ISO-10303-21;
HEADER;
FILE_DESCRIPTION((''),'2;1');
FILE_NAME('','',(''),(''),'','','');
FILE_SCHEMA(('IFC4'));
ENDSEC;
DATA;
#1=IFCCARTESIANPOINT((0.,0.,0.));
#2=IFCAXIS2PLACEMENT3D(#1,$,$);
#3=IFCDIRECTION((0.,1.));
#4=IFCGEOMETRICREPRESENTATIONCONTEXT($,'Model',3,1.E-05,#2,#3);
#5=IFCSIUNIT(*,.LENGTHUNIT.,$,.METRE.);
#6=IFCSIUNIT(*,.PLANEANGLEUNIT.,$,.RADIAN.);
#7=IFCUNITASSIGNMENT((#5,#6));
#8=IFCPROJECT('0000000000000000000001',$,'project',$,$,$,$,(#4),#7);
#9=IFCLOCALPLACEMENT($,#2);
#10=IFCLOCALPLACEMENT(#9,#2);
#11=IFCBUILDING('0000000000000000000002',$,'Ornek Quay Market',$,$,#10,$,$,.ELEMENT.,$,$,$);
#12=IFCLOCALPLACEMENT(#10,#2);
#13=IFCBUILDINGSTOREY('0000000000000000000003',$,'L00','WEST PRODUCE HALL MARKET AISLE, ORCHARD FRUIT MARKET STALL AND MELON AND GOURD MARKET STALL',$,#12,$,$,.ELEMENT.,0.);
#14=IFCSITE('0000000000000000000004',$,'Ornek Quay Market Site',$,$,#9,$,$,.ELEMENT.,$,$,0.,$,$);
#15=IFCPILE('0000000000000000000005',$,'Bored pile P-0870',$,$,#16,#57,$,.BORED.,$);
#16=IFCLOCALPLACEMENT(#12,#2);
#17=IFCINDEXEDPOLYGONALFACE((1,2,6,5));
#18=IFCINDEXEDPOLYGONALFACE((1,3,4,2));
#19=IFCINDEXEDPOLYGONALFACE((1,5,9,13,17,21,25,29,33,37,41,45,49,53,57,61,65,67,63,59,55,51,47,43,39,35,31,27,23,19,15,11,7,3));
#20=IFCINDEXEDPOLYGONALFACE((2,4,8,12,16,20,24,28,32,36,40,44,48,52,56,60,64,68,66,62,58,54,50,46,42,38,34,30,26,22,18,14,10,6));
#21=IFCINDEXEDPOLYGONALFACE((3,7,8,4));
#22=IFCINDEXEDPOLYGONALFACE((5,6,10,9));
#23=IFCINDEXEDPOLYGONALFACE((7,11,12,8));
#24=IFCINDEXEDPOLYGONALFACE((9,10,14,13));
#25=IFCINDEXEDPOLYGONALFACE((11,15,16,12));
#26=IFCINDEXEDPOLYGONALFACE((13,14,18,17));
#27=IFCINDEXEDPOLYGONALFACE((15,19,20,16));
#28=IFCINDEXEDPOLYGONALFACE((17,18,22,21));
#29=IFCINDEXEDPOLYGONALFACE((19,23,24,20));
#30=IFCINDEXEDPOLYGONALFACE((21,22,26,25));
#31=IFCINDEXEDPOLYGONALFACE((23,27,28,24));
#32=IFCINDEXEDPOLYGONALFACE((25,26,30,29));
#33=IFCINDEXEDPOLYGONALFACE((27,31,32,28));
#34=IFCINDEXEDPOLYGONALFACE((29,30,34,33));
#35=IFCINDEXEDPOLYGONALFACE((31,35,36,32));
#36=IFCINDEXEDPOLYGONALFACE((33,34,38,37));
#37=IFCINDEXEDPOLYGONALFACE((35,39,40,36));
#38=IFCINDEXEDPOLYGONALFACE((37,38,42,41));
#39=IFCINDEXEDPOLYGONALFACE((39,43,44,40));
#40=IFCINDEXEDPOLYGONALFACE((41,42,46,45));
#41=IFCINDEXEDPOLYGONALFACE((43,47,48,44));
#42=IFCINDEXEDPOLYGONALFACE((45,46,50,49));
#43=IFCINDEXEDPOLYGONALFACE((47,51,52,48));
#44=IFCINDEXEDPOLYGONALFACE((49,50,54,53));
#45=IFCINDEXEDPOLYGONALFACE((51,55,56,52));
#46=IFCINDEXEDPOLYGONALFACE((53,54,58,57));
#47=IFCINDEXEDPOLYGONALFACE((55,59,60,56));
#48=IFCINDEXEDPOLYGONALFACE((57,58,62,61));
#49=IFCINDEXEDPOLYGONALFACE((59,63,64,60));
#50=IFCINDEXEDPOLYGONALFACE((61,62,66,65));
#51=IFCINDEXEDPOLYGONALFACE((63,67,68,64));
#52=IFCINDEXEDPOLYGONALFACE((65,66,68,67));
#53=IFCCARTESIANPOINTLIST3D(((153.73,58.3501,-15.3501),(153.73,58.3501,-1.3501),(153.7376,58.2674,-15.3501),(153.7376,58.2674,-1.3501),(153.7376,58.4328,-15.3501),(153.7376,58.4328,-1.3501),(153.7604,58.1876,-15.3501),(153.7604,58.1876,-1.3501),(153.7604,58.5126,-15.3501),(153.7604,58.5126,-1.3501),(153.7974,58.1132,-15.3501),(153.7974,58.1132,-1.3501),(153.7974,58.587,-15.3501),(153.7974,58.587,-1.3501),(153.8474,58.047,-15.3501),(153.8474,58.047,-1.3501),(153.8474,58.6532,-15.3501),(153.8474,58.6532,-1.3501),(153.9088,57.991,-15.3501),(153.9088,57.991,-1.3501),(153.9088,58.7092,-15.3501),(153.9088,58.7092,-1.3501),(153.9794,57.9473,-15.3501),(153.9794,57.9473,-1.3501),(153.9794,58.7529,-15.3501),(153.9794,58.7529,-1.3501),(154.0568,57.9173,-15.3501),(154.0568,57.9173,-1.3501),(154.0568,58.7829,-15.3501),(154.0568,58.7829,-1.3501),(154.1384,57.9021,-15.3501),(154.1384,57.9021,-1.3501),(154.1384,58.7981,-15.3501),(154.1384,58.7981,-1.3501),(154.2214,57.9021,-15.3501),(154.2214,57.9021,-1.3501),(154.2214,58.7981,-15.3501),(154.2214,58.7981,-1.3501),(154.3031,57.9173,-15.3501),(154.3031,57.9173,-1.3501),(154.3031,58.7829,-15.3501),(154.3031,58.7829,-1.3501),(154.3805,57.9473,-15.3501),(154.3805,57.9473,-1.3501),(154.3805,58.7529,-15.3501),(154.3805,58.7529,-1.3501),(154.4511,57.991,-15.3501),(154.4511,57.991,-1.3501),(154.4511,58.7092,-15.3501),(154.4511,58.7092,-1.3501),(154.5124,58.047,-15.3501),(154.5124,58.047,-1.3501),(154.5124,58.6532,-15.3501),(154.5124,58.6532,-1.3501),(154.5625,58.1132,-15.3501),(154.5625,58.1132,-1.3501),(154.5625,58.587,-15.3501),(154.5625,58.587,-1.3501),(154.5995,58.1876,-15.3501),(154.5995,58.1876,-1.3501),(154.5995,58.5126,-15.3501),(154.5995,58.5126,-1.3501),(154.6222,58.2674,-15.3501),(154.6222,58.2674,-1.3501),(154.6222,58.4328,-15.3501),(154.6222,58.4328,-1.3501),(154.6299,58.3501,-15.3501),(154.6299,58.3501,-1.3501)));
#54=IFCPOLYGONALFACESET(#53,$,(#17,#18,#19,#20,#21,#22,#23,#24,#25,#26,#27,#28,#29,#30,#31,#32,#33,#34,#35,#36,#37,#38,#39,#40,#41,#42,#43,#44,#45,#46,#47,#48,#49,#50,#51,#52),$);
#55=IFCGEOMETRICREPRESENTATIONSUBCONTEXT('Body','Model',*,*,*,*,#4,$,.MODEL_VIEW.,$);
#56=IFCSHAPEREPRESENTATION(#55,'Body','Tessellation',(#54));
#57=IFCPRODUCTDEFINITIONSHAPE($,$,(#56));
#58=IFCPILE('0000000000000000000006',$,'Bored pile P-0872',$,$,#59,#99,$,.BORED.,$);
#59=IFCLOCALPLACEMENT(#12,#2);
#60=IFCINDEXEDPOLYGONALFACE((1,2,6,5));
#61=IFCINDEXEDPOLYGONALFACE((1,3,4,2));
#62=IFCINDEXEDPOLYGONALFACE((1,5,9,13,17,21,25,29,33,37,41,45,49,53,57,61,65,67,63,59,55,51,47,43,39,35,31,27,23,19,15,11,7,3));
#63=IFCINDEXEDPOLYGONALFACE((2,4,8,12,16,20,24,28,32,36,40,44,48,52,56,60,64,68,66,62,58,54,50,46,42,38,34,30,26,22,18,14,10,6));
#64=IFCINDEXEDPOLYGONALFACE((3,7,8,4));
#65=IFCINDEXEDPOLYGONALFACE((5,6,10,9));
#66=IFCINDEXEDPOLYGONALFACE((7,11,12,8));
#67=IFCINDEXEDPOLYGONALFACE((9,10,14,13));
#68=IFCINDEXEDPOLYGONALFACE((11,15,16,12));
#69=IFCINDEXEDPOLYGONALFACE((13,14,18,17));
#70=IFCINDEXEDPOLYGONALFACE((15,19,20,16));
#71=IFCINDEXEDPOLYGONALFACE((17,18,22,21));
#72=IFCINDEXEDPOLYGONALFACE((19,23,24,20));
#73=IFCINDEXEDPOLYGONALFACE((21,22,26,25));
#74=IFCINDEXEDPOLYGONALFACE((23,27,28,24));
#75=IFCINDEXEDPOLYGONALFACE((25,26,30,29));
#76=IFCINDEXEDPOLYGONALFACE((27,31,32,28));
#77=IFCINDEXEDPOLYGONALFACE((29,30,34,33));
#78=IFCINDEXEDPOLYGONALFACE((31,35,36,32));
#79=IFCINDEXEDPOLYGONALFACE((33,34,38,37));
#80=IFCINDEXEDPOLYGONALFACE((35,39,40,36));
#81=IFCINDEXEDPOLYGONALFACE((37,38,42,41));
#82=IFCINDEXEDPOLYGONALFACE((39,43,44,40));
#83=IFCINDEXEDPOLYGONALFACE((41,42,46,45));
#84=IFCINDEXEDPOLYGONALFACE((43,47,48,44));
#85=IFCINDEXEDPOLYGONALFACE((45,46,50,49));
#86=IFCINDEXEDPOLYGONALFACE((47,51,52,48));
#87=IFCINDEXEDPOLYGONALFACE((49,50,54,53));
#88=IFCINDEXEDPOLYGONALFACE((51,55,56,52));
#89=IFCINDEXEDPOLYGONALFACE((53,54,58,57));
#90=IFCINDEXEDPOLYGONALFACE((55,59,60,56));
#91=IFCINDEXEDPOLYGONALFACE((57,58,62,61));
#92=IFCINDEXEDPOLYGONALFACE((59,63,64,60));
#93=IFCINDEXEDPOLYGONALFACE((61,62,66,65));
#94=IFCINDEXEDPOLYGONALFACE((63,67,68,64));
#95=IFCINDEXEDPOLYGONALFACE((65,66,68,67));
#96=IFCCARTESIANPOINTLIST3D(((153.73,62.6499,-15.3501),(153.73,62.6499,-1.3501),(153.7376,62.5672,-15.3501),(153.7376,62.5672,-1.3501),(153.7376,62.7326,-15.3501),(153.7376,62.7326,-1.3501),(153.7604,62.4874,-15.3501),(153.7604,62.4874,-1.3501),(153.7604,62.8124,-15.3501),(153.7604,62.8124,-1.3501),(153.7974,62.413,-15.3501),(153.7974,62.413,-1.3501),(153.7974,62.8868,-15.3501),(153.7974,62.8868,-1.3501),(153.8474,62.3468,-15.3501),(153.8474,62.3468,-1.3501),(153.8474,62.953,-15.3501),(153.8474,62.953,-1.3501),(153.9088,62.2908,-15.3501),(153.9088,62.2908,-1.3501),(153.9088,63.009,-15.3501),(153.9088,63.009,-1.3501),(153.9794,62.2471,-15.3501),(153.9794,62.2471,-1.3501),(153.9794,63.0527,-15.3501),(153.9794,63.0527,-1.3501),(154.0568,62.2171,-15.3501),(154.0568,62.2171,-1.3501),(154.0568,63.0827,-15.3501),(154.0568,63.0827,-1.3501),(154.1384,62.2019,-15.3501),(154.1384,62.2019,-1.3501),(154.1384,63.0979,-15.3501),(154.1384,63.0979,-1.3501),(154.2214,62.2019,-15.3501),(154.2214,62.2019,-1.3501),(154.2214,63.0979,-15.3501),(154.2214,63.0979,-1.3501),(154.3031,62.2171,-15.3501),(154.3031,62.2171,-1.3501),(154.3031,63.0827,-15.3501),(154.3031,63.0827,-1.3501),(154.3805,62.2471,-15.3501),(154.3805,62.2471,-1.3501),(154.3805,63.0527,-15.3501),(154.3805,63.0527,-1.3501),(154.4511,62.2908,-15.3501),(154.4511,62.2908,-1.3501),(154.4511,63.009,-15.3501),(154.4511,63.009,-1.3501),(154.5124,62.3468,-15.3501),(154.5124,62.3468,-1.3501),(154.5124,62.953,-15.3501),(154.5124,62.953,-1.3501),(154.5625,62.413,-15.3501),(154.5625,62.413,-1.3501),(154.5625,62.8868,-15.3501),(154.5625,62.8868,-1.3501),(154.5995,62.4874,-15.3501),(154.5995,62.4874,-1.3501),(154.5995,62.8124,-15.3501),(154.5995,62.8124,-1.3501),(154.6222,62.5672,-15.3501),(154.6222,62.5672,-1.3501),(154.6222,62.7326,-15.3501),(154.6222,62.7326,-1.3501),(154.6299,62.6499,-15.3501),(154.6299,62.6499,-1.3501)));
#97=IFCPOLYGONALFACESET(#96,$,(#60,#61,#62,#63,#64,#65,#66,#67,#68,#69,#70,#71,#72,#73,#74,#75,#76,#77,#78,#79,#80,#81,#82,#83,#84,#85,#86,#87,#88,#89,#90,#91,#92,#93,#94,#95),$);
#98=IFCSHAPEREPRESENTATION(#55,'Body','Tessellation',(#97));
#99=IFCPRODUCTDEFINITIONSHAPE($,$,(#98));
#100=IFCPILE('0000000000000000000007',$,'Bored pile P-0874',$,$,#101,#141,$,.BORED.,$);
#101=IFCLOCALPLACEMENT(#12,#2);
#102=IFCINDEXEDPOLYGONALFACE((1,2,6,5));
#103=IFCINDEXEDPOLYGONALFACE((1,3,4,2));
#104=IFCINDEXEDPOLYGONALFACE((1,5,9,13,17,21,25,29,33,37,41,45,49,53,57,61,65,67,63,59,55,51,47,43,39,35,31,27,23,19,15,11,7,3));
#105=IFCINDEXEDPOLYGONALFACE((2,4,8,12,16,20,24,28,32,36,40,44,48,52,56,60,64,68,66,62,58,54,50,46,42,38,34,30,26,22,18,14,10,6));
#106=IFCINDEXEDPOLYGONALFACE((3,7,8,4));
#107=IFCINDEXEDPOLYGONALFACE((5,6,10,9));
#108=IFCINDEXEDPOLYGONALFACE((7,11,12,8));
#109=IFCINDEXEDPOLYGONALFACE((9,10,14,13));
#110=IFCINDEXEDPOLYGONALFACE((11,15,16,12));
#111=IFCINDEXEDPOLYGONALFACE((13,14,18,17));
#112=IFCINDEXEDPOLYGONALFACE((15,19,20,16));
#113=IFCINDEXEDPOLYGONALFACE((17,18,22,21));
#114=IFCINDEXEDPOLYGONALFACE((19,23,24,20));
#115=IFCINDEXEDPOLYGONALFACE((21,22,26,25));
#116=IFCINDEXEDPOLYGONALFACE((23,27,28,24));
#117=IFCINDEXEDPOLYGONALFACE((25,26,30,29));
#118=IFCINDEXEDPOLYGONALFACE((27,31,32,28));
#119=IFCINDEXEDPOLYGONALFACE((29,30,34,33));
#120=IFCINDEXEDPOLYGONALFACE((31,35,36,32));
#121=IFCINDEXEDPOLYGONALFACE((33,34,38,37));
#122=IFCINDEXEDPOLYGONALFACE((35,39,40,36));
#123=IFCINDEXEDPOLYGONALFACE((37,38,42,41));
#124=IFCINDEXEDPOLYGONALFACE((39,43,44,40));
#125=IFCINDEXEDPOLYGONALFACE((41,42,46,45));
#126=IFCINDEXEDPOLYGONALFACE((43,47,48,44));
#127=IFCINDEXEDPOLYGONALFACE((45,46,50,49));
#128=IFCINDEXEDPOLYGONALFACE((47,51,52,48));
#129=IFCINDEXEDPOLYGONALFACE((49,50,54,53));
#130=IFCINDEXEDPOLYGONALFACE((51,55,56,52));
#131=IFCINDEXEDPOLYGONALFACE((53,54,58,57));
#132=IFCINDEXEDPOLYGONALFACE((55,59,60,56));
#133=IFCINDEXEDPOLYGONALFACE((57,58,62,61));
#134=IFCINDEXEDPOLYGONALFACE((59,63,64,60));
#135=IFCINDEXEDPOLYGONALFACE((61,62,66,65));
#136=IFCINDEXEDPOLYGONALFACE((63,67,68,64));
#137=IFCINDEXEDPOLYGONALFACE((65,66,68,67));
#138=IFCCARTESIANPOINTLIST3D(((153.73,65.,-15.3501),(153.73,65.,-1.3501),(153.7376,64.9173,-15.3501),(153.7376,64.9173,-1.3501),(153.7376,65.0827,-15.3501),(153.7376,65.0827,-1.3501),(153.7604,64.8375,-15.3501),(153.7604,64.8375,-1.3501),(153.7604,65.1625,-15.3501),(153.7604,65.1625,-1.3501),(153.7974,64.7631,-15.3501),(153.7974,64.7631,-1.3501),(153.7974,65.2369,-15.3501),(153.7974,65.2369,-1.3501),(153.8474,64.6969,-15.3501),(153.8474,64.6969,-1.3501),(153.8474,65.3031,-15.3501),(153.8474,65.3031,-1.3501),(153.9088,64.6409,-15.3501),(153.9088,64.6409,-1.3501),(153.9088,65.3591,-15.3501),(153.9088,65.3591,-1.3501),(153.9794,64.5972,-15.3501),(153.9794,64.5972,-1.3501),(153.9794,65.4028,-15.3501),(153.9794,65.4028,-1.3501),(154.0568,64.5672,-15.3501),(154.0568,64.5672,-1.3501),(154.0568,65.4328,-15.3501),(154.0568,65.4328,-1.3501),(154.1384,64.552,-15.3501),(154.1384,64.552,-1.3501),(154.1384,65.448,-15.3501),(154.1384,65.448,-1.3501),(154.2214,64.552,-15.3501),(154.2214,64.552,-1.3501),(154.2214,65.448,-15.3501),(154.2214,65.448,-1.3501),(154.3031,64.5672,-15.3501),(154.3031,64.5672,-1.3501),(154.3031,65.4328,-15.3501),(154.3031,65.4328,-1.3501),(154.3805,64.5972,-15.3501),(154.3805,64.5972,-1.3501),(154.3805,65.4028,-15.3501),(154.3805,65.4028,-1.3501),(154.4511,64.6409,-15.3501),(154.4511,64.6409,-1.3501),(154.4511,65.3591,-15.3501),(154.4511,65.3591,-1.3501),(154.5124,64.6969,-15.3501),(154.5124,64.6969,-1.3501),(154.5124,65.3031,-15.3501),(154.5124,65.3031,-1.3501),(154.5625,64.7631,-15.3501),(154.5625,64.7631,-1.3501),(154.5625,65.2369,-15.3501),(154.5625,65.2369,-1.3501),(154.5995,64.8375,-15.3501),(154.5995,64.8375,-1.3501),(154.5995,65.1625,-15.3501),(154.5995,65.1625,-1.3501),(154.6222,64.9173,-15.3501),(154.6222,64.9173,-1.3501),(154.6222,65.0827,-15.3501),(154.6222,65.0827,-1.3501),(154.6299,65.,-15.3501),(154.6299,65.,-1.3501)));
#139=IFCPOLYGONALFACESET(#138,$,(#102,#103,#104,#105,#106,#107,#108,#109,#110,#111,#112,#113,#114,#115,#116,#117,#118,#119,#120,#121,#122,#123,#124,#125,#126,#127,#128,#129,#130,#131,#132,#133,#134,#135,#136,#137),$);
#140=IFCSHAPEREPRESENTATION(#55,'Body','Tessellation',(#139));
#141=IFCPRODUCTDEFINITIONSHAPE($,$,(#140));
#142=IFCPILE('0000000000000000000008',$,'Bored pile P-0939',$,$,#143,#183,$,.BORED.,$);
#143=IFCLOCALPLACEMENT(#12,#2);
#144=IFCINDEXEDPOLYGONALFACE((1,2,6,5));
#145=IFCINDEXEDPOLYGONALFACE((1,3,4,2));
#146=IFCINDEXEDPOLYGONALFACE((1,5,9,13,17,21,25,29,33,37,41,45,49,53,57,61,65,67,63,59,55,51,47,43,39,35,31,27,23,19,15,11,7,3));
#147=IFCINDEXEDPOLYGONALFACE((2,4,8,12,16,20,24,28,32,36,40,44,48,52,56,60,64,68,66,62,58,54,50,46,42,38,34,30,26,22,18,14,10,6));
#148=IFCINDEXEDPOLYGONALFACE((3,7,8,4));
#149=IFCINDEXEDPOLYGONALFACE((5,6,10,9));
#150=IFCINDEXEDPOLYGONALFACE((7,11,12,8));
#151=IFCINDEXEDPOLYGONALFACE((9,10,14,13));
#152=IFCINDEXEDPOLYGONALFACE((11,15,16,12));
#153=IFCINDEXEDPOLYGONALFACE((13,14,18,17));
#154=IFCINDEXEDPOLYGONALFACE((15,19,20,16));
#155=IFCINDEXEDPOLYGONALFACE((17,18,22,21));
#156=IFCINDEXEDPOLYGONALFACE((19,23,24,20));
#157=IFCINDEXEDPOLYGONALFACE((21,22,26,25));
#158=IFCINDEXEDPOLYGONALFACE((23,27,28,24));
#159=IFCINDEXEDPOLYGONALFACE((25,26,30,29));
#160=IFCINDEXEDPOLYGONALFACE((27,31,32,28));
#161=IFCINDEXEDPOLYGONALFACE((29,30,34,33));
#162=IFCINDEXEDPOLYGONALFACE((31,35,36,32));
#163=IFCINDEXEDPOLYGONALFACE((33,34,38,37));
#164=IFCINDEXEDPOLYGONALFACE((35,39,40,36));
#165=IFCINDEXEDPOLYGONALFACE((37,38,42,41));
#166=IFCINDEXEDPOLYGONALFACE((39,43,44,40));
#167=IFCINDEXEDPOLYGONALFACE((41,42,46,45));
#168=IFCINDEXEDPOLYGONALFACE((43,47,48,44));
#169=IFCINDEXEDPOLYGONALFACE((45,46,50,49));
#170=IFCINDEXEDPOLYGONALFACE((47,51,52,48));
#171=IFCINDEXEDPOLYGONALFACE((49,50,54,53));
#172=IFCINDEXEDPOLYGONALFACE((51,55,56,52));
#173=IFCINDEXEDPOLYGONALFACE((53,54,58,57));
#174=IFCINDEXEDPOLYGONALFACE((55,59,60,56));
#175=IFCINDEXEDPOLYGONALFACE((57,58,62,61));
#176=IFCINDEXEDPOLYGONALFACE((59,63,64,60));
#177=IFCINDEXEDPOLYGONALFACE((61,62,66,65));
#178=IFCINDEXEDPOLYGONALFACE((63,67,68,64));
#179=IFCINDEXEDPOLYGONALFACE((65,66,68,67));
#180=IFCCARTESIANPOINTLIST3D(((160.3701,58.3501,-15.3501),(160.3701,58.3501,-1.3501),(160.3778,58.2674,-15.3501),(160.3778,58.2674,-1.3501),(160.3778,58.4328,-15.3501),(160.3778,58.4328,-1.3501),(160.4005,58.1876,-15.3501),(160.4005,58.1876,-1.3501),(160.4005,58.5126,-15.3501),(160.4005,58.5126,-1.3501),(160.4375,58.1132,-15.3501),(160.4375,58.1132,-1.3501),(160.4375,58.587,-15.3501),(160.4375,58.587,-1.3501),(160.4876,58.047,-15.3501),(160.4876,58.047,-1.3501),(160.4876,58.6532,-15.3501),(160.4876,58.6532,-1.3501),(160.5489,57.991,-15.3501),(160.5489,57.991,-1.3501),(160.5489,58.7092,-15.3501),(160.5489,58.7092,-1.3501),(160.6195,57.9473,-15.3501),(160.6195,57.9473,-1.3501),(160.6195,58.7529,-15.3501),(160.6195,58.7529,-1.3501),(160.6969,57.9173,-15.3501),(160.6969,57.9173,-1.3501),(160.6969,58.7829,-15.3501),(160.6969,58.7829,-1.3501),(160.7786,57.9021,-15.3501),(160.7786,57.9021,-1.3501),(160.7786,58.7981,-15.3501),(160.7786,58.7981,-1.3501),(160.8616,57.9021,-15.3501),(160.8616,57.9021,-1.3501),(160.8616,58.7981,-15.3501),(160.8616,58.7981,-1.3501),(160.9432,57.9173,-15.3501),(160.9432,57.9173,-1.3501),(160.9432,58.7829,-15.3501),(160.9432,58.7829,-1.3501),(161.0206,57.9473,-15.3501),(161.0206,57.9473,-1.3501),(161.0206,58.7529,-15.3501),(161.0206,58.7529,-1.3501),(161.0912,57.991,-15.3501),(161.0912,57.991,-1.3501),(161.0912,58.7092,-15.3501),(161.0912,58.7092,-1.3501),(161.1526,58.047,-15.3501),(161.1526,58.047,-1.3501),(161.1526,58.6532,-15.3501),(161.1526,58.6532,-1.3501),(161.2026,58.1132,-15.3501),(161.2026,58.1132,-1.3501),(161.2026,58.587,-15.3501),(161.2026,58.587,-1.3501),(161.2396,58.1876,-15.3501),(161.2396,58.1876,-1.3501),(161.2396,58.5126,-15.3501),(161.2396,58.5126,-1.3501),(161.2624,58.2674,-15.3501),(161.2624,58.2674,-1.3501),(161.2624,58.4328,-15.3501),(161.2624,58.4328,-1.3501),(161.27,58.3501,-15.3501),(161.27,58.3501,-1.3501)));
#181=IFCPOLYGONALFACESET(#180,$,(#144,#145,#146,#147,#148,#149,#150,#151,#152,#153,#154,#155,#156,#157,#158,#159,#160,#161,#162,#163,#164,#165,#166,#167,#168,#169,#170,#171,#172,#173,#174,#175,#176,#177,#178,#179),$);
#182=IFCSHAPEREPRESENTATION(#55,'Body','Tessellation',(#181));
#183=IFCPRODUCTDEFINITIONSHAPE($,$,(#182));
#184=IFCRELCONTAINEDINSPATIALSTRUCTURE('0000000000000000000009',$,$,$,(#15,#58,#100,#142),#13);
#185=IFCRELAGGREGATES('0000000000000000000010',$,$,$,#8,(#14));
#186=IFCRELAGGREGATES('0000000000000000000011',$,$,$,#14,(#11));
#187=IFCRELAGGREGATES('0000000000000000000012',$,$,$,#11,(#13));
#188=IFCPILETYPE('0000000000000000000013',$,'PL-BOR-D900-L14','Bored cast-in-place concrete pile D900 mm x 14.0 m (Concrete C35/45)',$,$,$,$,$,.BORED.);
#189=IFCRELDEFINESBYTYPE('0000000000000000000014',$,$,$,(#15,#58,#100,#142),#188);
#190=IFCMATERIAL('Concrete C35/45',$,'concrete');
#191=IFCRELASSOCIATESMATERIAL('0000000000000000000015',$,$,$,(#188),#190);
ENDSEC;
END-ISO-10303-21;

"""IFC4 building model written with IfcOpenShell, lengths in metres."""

from ifc_helpers import new_model, si_unit, direction, frame, origin, origin_2d, place, context, subcontext, project, spatial, circle, extrude, material, material_profile, profile_set, type_object, element, save


model = new_model("IFC4")

# Units and contexts
model_context = context("Model", 3, precision=1e-05, world=origin(), true_north=direction((0.0, 1.0)))
body_context = subcontext(model_context, "Body", "Model", "MODEL_VIEW")
ifc_project = project(units=[si_unit("LENGTHUNIT", "METRE"), si_unit("PLANEANGLEUNIT", "RADIAN")], contexts=[model_context])

# Site, building, storey
site_placement = place(None, origin())
site = spatial("IfcSite", under=ifc_project, at=site_placement, Name="Ornek Quay Market Site", CompositionType="ELEMENT", RefElevation=0.0)
building_placement = place(site_placement, origin())
building = spatial("IfcBuilding", under=site, at=building_placement, Name="Ornek Quay Market", CompositionType="ELEMENT")
storey_placement = place(building_placement, origin())
storey = spatial("IfcBuildingStorey", under=building, at=storey_placement, Name="L00", Description="WEST PRODUCE HALL MARKET AISLE, ORCHARD FRUIT MARKET STALL AND MELON AND GOURD MARKET STALL", CompositionType="ELEMENT", Elevation=0.0)

# Piles
ifc_material_1 = material(Name="Concrete C35/45", Category="concrete")
ifc_material_profile_1 = material_profile(ifc_material_1, circle(Radius=0.45, at=origin_2d()), Name="PILE D900", Category="concrete")
ifc_profile_set_1 = profile_set([ifc_material_profile_1], Name="Concrete C35/45")
pile_type = type_object("IfcPileType", Name="PL-BOR-D900-L14", Description="Bored cast-in-place concrete pile D900 mm x 14.0 m (Concrete C35/45)", PredefinedType="BORED", material=ifc_profile_set_1)
for number, where, z_axis, x_axis, name in (
    (1, (154.1799, 58.3501, -1.3501), (0.0, 0.0, -1.0), (1.0, 0.0, 0.0), "Bored pile P-0870"),
    (2, (154.1799, 62.6499, -1.3501), (0.0, 0.0, -1.0), (1.0, 0.0, 0.0), "Bored pile P-0872"),
    (3, (154.1799, 65.0, -1.3501), (0.0, 0.0, -1.0), (1.0, 0.0, 0.0), "Bored pile P-0874"),
    (4, (160.8201, 58.3501, -1.3501), (0.0, 0.0, -1.0), (1.0, 0.0, 0.0), "Bored pile P-0939"),
):
    element("IfcPile", number, at=place(storey_placement, frame(where, z_axis=z_axis, x_axis=x_axis)), inside=storey, type_object=pile_type, Name=name, PredefinedType="BORED", context=body_context, shape_type="SweptSolid", body=[
        extrude(circle(Radius=0.45, at=origin_2d()), origin(), (0.0, 0.0, 1.0), 14.0),
    ])

save(model, "model.ifc")
